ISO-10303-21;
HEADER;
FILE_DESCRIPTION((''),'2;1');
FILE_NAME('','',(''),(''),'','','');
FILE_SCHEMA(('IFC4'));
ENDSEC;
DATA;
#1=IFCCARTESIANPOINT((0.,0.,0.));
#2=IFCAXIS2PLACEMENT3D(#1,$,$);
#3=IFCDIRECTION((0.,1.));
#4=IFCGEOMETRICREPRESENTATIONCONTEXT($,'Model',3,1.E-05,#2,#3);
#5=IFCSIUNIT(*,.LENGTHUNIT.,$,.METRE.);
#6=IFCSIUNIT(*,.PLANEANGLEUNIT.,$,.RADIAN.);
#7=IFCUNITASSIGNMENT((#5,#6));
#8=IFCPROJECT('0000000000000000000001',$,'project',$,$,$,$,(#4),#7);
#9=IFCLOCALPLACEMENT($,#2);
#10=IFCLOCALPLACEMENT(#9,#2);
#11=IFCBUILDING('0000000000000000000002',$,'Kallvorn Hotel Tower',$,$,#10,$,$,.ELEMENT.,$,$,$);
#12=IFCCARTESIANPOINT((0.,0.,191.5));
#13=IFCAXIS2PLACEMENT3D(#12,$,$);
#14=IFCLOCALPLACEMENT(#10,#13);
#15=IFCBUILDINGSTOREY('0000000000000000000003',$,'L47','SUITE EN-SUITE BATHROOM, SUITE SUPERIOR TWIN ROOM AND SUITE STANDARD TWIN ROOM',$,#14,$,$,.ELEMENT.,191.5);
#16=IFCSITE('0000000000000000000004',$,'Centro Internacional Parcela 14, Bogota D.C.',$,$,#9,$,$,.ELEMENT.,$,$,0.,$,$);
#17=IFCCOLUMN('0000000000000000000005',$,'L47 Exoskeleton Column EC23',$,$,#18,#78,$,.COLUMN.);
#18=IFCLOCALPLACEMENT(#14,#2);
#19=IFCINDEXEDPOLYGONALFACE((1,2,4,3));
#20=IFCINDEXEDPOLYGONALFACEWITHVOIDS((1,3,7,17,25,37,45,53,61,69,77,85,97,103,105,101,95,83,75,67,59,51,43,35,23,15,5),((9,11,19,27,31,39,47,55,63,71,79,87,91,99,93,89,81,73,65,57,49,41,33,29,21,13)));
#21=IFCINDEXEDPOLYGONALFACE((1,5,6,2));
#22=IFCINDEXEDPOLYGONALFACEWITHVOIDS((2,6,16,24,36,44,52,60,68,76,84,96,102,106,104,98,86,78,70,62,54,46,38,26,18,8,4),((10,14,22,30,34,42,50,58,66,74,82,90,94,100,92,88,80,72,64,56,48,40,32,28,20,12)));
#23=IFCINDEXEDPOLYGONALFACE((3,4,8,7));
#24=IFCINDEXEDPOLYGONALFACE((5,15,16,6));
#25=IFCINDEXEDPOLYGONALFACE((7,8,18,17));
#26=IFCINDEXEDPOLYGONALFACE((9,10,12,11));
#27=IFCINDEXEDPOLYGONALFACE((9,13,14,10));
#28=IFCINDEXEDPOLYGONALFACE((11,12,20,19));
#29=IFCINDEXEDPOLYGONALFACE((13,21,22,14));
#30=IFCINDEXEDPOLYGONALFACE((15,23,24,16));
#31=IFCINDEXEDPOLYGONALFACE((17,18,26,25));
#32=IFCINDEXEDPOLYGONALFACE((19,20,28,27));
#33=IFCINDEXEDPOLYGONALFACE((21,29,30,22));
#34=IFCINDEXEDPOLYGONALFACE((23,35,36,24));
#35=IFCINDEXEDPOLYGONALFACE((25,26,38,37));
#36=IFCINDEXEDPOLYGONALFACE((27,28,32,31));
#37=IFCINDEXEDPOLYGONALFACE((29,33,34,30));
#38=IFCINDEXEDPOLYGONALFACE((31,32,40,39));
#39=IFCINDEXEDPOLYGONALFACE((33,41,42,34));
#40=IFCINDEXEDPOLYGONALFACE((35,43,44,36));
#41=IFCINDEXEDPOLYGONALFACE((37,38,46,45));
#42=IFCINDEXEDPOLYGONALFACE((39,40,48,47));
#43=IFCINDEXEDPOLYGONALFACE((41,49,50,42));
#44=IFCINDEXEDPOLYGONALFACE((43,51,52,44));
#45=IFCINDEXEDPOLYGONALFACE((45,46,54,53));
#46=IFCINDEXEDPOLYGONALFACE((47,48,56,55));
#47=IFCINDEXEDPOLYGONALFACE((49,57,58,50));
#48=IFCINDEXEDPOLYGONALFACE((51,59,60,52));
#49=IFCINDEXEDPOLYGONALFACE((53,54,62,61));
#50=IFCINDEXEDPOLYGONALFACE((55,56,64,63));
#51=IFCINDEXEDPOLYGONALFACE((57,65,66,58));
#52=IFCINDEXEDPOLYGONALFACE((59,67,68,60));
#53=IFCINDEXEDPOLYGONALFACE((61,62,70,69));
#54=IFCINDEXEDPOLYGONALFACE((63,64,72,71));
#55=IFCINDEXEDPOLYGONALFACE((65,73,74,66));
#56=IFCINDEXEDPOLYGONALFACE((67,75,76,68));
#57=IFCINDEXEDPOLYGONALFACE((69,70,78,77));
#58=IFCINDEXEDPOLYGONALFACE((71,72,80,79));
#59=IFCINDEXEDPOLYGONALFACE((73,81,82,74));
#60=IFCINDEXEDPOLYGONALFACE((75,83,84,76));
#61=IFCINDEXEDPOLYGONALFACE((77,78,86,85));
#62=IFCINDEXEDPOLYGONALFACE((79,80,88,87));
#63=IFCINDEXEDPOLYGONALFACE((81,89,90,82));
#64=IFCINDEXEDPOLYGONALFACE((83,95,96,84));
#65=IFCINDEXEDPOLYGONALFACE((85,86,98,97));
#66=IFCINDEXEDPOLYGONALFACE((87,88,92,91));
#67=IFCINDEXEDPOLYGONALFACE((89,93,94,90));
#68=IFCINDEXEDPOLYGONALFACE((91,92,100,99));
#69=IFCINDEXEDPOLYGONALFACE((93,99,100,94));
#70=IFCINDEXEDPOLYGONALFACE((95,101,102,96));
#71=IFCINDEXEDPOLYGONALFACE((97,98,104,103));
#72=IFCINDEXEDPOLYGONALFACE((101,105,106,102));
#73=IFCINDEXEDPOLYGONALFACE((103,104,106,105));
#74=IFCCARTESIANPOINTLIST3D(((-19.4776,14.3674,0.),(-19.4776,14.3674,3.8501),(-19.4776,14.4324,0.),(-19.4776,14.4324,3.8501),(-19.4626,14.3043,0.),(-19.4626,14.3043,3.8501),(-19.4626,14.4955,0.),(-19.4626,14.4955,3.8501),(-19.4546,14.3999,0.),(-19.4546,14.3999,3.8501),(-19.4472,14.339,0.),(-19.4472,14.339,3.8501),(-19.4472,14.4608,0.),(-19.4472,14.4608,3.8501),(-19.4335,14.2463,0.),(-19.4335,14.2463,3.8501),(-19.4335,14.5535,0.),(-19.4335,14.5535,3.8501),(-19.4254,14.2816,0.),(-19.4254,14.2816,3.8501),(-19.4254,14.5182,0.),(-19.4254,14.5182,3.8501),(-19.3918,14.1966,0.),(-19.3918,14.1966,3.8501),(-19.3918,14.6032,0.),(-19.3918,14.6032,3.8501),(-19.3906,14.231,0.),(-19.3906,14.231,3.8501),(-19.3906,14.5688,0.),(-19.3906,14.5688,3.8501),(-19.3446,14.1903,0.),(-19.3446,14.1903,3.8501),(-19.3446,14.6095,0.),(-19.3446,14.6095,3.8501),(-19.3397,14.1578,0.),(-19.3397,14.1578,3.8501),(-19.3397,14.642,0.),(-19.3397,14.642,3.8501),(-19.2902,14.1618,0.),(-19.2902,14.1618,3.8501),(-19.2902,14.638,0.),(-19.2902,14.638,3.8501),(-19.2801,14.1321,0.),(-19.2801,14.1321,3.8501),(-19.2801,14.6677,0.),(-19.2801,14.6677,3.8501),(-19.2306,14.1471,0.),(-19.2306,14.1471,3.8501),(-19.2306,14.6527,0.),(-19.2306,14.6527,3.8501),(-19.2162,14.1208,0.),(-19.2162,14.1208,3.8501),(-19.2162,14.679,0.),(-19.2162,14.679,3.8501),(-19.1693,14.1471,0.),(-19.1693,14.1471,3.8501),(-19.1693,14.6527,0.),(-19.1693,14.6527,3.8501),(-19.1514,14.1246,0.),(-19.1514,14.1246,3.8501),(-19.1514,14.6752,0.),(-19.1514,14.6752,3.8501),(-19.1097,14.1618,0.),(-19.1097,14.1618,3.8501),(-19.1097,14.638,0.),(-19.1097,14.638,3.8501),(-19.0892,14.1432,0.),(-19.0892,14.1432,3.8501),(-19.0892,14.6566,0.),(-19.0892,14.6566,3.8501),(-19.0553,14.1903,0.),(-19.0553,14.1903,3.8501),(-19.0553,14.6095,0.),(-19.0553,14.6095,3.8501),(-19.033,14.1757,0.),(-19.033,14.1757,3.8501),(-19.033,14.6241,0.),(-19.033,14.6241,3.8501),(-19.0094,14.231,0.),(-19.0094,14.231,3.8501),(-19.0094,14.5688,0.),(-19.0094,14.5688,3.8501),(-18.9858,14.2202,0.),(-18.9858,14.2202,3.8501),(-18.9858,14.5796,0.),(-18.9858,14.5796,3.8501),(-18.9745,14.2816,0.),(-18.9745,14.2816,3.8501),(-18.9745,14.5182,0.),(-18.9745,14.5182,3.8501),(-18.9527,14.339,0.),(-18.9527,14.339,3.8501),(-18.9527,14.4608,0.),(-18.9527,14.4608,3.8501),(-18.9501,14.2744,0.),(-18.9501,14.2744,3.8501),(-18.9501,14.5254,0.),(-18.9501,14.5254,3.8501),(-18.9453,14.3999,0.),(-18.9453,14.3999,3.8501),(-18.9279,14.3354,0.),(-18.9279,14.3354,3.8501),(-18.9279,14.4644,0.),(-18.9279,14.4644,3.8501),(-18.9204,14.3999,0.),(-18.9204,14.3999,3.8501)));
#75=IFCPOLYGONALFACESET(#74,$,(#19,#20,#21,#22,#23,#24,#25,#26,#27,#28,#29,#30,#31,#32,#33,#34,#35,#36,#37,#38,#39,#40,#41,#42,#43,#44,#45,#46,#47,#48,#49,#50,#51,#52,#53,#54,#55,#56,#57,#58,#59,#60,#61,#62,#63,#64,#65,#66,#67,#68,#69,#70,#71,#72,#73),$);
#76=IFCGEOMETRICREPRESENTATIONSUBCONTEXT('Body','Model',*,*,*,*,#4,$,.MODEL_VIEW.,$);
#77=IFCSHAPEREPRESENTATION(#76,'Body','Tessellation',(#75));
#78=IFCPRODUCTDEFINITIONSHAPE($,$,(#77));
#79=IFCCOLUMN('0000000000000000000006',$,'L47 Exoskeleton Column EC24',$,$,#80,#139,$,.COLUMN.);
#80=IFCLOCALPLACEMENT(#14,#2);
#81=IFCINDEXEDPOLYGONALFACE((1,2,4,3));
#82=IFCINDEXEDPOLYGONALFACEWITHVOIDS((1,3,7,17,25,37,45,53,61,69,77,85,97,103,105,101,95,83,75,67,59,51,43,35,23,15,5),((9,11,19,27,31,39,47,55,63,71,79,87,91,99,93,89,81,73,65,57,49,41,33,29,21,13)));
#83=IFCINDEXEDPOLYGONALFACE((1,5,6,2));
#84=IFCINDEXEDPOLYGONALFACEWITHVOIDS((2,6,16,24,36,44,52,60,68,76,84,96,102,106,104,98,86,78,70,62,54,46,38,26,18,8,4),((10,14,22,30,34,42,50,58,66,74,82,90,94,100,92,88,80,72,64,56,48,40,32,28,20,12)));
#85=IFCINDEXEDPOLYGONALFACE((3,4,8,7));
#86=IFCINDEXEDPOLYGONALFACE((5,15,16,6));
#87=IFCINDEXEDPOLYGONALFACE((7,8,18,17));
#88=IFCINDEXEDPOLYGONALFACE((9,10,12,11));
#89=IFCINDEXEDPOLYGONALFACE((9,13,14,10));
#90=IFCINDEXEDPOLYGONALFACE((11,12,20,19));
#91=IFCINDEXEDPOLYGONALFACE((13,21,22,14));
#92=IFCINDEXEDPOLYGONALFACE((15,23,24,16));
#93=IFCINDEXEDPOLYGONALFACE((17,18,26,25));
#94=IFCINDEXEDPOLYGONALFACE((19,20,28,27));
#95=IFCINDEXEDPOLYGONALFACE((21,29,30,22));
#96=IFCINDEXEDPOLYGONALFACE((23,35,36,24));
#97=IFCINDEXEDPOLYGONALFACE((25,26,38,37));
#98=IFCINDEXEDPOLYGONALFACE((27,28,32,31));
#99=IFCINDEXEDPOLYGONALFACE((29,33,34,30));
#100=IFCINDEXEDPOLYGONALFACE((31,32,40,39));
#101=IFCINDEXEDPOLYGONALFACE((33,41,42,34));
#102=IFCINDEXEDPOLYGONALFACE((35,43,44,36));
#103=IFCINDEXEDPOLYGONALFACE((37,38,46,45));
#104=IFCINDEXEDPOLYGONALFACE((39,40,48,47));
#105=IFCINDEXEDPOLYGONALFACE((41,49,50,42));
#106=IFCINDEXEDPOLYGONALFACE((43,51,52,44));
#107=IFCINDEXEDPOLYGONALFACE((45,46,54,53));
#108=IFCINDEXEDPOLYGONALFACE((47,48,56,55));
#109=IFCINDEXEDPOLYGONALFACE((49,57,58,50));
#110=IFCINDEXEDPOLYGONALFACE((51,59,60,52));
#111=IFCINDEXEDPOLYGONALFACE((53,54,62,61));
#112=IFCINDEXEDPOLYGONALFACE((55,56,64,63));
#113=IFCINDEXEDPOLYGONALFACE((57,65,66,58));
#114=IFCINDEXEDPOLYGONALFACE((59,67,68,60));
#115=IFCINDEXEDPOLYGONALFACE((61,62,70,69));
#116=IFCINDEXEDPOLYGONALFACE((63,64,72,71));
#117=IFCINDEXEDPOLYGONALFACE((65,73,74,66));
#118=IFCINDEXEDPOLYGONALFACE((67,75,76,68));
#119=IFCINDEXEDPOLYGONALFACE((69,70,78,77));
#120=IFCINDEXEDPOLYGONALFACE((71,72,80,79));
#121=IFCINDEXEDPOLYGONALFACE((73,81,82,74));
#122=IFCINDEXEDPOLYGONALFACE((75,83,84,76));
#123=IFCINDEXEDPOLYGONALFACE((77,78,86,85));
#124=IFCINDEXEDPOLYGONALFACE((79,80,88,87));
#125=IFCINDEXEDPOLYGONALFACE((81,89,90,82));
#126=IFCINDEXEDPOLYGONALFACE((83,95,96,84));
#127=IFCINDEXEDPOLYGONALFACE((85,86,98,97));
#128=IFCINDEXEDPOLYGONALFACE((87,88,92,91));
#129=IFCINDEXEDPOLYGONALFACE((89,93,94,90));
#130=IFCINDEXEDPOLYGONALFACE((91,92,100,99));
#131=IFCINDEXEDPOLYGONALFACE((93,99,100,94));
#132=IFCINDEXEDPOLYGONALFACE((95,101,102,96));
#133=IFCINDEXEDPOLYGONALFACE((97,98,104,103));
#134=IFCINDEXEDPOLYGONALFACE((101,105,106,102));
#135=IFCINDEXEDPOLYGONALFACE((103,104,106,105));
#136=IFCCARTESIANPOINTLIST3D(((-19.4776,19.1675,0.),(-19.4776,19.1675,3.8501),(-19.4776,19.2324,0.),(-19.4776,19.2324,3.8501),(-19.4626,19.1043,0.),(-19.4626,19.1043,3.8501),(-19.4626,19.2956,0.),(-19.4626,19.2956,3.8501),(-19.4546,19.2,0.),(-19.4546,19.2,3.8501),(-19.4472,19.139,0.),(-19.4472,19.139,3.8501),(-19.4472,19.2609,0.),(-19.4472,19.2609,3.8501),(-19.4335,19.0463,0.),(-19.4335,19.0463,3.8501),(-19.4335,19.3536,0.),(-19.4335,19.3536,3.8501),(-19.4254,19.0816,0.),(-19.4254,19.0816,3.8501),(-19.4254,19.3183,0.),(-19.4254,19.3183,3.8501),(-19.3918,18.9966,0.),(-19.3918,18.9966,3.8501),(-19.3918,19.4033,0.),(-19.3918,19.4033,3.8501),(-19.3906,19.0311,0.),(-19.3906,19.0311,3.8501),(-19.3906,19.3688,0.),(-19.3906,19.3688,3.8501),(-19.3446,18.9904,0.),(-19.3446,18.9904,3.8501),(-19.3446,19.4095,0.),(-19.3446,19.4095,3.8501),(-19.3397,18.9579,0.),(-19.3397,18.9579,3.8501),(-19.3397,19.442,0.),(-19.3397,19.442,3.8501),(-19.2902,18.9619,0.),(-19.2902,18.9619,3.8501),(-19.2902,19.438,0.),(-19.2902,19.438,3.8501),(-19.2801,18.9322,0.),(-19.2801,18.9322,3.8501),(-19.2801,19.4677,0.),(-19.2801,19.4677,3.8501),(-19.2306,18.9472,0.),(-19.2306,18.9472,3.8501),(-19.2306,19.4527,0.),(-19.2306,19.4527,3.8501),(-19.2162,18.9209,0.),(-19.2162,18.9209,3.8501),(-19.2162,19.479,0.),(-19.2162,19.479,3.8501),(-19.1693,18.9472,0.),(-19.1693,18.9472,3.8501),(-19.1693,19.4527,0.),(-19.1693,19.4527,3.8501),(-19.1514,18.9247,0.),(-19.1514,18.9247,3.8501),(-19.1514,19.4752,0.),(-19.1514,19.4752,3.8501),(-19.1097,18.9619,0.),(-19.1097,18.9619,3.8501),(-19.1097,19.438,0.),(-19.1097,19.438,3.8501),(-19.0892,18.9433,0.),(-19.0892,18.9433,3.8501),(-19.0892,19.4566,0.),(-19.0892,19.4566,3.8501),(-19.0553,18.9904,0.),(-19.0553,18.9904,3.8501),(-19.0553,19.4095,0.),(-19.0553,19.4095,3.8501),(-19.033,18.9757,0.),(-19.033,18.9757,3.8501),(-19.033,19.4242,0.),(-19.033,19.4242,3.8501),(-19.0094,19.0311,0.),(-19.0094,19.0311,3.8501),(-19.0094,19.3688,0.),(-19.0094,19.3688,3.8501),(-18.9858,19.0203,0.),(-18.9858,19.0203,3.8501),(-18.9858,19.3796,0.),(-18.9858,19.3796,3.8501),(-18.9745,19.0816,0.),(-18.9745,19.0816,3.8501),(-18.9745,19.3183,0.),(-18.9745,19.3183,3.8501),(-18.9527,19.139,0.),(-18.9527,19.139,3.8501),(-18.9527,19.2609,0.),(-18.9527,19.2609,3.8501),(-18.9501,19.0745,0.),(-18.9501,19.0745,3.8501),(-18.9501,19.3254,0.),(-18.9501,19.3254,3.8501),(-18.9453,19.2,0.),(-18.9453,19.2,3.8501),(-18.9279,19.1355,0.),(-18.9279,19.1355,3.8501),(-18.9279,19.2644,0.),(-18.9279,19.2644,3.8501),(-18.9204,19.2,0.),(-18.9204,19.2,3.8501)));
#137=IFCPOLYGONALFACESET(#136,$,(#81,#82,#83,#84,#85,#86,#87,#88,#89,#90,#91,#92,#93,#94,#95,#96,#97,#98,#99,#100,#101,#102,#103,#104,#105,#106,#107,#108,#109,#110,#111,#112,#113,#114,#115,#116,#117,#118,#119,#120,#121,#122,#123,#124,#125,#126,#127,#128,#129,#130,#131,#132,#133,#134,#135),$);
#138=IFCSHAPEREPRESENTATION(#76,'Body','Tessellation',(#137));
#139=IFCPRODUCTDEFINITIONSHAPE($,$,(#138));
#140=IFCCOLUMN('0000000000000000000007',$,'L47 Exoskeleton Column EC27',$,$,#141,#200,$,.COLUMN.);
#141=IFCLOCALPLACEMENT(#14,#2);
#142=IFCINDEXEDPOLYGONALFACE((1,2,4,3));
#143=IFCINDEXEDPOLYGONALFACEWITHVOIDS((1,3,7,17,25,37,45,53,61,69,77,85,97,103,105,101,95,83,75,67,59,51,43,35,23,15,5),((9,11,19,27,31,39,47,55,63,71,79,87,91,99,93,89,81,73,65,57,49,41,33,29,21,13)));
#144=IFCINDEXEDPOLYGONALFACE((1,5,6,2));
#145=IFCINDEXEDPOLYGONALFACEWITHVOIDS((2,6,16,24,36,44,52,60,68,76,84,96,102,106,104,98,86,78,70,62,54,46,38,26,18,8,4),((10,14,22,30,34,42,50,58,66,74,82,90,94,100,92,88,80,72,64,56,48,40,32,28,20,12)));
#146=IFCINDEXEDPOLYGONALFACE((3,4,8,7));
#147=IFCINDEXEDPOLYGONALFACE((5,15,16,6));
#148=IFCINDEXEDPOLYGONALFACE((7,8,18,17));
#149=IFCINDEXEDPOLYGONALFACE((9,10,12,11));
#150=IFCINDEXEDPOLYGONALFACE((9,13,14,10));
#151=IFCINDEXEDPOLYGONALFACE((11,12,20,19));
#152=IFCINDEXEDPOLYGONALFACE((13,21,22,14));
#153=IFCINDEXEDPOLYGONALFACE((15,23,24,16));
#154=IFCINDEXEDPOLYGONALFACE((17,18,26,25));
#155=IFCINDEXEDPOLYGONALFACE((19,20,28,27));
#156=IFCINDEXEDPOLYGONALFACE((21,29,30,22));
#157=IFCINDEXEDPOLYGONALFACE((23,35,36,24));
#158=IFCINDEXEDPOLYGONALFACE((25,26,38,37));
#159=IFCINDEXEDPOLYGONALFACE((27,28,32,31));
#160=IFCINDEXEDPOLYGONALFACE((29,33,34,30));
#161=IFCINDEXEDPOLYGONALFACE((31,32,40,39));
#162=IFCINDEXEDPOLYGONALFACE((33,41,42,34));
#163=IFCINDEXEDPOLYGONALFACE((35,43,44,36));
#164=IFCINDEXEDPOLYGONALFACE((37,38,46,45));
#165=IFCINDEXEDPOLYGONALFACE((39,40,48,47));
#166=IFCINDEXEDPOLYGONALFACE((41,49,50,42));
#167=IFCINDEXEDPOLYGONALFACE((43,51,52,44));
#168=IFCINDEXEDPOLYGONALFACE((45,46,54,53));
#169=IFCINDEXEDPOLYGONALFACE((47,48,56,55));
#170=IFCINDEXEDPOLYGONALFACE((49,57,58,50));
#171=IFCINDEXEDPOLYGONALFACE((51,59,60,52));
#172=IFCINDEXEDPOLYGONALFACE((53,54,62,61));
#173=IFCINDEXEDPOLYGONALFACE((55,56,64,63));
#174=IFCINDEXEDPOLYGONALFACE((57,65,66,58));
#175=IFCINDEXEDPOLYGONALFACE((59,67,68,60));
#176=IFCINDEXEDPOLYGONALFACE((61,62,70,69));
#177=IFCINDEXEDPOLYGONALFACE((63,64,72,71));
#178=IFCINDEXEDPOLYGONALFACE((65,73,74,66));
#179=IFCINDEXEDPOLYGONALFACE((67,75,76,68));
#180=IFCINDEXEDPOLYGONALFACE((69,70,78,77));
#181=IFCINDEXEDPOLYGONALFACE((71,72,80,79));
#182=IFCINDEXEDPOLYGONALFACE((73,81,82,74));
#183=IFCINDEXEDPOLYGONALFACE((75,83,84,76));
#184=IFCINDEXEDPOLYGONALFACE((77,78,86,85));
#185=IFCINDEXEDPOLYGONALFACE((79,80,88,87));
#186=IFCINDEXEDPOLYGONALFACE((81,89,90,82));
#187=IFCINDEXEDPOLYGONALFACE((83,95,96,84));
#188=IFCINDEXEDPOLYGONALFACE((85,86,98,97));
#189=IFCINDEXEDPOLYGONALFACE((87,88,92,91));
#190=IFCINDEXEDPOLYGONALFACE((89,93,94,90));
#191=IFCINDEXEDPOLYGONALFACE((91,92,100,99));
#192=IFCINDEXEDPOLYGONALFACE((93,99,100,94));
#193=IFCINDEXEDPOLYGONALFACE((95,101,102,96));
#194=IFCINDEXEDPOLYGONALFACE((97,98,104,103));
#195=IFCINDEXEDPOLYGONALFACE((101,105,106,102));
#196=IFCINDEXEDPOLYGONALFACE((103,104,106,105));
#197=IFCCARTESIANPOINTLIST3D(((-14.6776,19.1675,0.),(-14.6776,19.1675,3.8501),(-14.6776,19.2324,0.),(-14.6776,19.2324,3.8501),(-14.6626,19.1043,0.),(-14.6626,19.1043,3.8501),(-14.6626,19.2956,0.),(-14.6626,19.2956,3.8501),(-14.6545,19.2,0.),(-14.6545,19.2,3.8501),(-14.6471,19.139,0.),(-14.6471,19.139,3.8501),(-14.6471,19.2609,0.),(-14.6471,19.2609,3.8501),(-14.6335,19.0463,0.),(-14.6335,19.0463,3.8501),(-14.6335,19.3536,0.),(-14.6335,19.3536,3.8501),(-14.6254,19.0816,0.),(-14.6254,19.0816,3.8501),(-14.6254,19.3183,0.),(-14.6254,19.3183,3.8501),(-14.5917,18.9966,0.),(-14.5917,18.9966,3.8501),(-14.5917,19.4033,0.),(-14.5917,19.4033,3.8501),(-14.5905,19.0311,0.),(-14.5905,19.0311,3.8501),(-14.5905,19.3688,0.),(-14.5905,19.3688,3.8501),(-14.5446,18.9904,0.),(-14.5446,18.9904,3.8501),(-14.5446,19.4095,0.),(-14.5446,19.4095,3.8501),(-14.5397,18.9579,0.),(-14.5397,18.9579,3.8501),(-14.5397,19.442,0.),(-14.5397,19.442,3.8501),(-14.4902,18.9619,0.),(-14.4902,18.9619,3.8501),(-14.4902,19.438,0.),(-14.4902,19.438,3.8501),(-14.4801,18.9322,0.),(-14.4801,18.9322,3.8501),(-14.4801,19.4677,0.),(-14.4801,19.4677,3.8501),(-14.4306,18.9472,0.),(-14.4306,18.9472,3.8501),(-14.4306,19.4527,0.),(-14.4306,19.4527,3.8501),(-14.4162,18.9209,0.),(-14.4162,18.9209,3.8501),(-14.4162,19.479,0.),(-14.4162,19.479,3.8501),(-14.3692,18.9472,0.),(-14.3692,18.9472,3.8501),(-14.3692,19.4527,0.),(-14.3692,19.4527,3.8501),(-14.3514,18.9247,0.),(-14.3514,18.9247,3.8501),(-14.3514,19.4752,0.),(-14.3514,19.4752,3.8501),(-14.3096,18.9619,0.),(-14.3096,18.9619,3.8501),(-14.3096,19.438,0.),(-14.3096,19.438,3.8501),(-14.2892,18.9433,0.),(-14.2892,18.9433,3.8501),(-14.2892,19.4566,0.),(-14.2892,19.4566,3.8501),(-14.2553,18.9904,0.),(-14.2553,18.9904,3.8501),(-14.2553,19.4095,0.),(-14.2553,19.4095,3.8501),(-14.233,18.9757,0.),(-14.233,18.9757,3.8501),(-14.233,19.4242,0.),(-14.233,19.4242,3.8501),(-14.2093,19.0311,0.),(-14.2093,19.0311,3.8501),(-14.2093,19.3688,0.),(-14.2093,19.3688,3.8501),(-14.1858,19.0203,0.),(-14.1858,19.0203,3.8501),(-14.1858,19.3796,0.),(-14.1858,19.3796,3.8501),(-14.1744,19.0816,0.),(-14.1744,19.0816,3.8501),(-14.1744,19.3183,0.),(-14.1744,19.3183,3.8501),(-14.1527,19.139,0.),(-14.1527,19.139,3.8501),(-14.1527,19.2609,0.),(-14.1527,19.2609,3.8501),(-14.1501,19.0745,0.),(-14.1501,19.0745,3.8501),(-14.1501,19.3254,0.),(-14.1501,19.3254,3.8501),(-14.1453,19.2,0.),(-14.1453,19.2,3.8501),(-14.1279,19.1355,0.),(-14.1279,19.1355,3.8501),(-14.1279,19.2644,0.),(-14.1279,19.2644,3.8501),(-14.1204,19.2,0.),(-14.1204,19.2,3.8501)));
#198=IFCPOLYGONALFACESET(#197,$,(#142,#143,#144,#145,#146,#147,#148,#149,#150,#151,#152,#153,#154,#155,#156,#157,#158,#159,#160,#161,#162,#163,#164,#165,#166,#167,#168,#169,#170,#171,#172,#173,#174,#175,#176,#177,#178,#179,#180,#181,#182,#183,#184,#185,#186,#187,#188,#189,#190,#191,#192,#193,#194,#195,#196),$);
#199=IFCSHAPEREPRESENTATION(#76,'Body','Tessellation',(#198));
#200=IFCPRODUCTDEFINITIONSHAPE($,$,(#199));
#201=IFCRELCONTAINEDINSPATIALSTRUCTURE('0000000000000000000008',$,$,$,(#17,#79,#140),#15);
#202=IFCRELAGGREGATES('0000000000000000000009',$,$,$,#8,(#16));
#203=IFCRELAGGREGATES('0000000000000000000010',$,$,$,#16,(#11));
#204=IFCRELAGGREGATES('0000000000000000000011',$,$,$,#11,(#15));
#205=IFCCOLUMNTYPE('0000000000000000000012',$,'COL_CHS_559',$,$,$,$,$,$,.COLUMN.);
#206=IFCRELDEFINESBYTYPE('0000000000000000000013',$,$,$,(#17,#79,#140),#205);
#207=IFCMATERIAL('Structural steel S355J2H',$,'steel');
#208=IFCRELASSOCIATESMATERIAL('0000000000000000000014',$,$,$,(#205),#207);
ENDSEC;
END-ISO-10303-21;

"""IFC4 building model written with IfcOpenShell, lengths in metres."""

from ifc_helpers import new_model, si_unit, direction, frame, origin, origin_2d, place, context, subcontext, project, spatial, hollow_circle, extrude, material, material_profile, profile_set, type_object, element, save


model = new_model("IFC4")

# Units and contexts
model_context = context("Model", 3, precision=1e-05, world=origin(), true_north=direction((0.0, 1.0)))
body_context = subcontext(model_context, "Body", "Model", "MODEL_VIEW")
ifc_project = project(units=[si_unit("LENGTHUNIT", "METRE"), si_unit("PLANEANGLEUNIT", "RADIAN")], contexts=[model_context])

# Site, building, storey
site_placement = place(None, origin())
site = spatial("IfcSite", under=ifc_project, at=site_placement, Name="Centro Internacional Parcela 14, Bogota D.C.", CompositionType="ELEMENT", RefElevation=0.0)
building_placement = place(site_placement, origin())
building = spatial("IfcBuilding", under=site, at=building_placement, Name="Kallvorn Hotel Tower", CompositionType="ELEMENT")
storey_placement = place(building_placement, frame((0.0, 0.0, 191.5)))
storey = spatial("IfcBuildingStorey", under=building, at=storey_placement, Name="L47", Description="SUITE EN-SUITE BATHROOM, SUITE SUPERIOR TWIN ROOM AND SUITE STANDARD TWIN ROOM", CompositionType="ELEMENT", Elevation=191.5)

# Columns
ifc_material_1 = material(Name="Structural steel S355J2H", Category="steel")
ifc_material_profile_1 = material_profile(ifc_material_1, hollow_circle(Radius=0.2795, WallThickness=0.0249, at=origin_2d()), Name="CHS 559x25")
ifc_profile_set_1 = profile_set([ifc_material_profile_1], Name="Structural steel S355J2H")
column_type_1 = type_object("IfcColumnType", Name="COL_CHS_559", PredefinedType="COLUMN", material=ifc_profile_set_1)
for number, where, z_axis, x_axis, name in (
    (1, (-19.2, 14.3999, 0.0), (0.0, 0.0, 1.0), (1.0, 0.0, 0.0), "L47 Exoskeleton Column EC23"),
    (2, (-19.2, 19.2, 0.0), (0.0, 0.0, 1.0), (1.0, 0.0, 0.0), "L47 Exoskeleton Column EC24"),
    (3, (-14.3999, 19.2, 0.0), (0.0, 0.0, 1.0), (1.0, 0.0, 0.0), "L47 Exoskeleton Column EC27"),
):
    element("IfcColumn", number, at=place(storey_placement, frame(where, z_axis=z_axis, x_axis=x_axis)), inside=storey, type_object=column_type_1, Name=name, PredefinedType="COLUMN", context=body_context, shape_type="SweptSolid", body=[
        extrude(hollow_circle(Radius=0.2795, WallThickness=0.0249, at=origin_2d()), origin(), (0.0, 0.0, 1.0), 3.8501),
    ])

save(model, "model.ifc")
